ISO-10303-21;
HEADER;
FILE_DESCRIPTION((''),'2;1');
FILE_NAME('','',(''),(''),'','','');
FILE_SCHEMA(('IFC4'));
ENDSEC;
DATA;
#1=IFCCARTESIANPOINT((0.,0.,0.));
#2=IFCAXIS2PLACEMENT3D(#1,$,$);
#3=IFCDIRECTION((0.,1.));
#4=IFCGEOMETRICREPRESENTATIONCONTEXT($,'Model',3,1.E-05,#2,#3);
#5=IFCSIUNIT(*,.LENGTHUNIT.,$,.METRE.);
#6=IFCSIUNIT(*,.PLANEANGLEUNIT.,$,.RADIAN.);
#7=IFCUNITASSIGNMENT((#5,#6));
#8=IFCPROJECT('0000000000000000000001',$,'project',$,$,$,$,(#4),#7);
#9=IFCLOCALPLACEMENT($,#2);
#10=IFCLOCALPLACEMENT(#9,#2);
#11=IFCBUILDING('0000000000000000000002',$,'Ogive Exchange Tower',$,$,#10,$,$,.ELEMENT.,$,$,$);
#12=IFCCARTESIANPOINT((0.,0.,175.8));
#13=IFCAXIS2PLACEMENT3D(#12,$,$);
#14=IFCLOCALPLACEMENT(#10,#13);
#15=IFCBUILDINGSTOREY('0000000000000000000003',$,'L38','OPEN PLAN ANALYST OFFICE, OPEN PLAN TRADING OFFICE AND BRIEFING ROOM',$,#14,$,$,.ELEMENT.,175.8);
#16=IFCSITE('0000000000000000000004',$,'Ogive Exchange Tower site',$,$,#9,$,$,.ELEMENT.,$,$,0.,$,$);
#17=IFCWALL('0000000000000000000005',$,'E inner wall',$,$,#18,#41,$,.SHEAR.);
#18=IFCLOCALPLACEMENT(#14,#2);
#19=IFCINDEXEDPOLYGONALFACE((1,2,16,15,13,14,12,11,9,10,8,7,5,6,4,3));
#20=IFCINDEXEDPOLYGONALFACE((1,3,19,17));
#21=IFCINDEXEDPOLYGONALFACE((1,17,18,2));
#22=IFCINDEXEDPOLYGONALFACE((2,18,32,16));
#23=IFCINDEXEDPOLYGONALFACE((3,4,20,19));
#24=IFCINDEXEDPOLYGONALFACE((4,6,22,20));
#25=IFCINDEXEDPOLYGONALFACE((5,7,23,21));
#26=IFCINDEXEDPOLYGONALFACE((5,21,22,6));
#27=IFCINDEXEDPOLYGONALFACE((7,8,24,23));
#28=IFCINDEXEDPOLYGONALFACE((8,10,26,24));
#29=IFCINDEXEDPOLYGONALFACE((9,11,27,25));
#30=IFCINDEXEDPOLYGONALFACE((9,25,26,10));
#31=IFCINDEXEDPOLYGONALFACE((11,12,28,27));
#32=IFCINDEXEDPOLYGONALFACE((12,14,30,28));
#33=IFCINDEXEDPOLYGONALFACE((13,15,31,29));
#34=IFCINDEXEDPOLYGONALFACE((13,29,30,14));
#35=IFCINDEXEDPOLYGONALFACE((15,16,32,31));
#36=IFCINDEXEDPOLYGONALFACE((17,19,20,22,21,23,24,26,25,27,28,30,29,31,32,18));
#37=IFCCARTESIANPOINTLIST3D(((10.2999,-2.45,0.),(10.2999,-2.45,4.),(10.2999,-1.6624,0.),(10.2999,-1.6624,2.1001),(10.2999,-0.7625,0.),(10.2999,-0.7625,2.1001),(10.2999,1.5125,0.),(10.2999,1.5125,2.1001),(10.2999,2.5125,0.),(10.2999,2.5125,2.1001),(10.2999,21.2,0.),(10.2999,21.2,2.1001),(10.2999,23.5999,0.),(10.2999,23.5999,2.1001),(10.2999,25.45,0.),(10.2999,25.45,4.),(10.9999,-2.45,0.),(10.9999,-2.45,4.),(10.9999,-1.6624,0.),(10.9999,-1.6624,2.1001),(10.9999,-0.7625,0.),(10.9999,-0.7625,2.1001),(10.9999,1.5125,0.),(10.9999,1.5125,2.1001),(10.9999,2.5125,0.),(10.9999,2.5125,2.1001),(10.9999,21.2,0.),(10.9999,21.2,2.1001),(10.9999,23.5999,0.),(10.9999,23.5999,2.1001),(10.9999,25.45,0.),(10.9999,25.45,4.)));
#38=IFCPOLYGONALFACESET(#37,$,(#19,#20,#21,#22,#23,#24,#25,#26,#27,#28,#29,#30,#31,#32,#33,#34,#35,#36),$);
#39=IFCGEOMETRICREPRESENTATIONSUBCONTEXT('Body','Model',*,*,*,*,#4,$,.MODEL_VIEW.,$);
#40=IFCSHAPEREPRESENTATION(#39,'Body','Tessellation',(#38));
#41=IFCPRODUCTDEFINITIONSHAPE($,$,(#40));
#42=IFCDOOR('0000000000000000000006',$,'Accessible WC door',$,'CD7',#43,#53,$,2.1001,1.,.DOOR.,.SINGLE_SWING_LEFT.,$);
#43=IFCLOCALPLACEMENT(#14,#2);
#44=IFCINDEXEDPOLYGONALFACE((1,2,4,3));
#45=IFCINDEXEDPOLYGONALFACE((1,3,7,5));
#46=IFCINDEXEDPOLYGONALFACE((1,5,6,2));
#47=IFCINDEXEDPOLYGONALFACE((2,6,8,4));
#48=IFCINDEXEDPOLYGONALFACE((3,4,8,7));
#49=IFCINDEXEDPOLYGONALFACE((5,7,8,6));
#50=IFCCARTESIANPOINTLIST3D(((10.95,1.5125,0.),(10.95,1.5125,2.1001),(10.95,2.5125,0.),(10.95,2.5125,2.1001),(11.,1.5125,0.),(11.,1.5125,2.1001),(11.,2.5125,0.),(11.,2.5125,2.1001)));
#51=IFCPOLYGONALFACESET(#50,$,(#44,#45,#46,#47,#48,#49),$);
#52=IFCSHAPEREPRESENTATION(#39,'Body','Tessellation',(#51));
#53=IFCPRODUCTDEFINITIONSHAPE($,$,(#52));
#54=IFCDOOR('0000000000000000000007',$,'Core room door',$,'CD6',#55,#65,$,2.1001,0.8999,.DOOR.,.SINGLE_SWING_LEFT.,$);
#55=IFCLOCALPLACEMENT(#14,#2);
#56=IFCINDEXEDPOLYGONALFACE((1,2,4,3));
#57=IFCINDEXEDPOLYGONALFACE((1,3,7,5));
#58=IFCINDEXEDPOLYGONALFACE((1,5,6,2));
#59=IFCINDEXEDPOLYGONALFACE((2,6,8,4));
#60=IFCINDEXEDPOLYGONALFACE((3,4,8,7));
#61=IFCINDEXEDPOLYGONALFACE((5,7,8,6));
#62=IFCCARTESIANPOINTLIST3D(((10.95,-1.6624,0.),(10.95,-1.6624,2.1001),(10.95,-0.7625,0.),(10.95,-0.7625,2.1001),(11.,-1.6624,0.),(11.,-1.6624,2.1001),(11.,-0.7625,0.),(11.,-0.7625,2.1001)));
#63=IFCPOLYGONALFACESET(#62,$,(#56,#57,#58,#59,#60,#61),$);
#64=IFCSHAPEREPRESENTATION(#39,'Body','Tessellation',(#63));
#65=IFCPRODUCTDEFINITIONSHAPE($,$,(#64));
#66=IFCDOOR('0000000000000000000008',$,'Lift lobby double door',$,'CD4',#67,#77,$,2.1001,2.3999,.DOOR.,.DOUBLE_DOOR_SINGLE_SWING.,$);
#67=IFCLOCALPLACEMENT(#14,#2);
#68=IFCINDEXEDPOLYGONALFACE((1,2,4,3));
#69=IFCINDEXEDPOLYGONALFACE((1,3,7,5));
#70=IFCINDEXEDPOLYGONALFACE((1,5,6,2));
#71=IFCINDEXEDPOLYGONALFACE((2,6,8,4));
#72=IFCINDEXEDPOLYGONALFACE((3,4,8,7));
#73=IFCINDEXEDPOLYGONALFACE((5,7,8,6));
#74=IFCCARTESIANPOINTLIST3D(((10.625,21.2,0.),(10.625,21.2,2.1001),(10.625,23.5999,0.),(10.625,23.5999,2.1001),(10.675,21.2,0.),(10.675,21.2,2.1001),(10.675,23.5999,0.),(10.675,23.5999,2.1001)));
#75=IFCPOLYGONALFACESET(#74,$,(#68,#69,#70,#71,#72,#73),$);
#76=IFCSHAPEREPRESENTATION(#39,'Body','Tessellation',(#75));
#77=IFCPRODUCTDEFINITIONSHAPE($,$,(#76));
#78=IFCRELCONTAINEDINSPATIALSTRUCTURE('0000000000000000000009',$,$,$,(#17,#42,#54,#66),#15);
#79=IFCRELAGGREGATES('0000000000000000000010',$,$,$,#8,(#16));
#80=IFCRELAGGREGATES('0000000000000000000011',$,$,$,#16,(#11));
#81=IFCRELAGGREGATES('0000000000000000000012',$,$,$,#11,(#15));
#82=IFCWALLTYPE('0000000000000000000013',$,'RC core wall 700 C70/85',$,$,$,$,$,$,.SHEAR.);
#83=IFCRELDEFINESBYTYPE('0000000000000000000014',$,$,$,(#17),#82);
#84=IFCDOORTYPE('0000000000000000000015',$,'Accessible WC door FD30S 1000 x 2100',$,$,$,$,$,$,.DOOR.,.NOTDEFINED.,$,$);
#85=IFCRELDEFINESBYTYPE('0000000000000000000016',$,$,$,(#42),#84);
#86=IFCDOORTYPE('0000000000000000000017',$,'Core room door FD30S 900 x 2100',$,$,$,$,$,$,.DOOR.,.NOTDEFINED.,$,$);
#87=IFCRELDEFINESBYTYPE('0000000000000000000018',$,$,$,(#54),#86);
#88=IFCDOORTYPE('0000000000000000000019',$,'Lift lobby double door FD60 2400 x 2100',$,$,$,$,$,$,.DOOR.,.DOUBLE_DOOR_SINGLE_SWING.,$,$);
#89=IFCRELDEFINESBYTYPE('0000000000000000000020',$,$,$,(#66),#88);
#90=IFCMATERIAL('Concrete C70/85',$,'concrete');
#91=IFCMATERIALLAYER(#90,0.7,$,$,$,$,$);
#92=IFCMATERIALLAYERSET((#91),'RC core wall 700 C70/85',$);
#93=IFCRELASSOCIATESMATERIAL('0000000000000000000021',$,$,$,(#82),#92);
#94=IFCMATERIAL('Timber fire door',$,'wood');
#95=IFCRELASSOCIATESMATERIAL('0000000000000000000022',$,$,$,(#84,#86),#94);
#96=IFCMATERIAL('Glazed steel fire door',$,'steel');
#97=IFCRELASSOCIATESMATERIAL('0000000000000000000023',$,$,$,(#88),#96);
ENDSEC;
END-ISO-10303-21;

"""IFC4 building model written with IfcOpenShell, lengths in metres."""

from ifc_helpers import new_model, si_unit, direction, frame, frame_2d, origin, place, context, subcontext, project, spatial, rectangle, extrude, material, layer, layer_set, type_object, element, fill, save


model = new_model("IFC4")

# Units and contexts
model_context = context("Model", 3, precision=1e-05, world=origin(), true_north=direction((0.0, 1.0)))
body_context = subcontext(model_context, "Body", "Model", "MODEL_VIEW")
ifc_project = project(units=[si_unit("LENGTHUNIT", "METRE"), si_unit("PLANEANGLEUNIT", "RADIAN")], contexts=[model_context])

# Site, building, storey
site_placement = place(None, origin())
site = spatial("IfcSite", under=ifc_project, at=site_placement, Name="Ogive Exchange Tower site", CompositionType="ELEMENT", RefElevation=0.0)
building_placement = place(site_placement, origin())
building = spatial("IfcBuilding", under=site, at=building_placement, Name="Ogive Exchange Tower", CompositionType="ELEMENT")
storey_placement = place(building_placement, frame((0.0, 0.0, 175.8)))
storey = spatial("IfcBuildingStorey", under=building, at=storey_placement, Name="L38", Description="OPEN PLAN ANALYST OFFICE, OPEN PLAN TRADING OFFICE AND BRIEFING ROOM", CompositionType="ELEMENT", Elevation=175.8)

# Shared definitions
ifc_material_1 = material(Name="Concrete C70/85", Category="concrete")

# Wall, openings, doors
ifc_layer_1 = layer(ifc_material_1, 0.7)
ifc_layer_set_1 = layer_set([ifc_layer_1], Name="RC core wall 700 C70/85")
wall_type_1 = type_object("IfcWallType", Name="RC core wall 700 C70/85", PredefinedType="SHEAR", material=ifc_layer_set_1)
wall_1_placement = place(storey_placement, frame((10.6499, -2.45, 0.0), z_axis=(0.0, 0.0, 1.0), x_axis=(0.0, 1.0, 0.0)))
wall_1 = element("IfcWall", 1, at=wall_1_placement, inside=storey, type_object=wall_type_1, Name="E inner wall", PredefinedType="SHEAR", context=body_context, shape_type="SweptSolid", body=[
    extrude(rectangle(XDim=27.8999, YDim=0.7, at=frame_2d((13.95, 0.0))), origin(), (0.0, 0.0, 1.0), 4.0),
])
opening_1_placement = place(wall_1_placement, frame((23.6499, 0.0, 0.0)))
opening_1 = element("IfcOpeningElement", 2, at=opening_1_placement, cuts=wall_1, PredefinedType="OPENING", context=body_context, shape_type="SweptSolid", body=[
    extrude(rectangle(XDim=2.3999, YDim=2.1001, at=frame_2d((1.2, 1.05))), frame((0.0, 0.3599, 0.0), z_axis=(0.0, -1.0, 0.0), x_axis=(1.0, 0.0, 0.0)), (0.0, 0.0, 1.0), 0.72),
])
opening_2_placement = place(wall_1_placement, frame((0.7876, 0.0, 0.0)))
opening_2 = element("IfcOpeningElement", 3, at=opening_2_placement, cuts=wall_1, PredefinedType="OPENING", context=body_context, shape_type="SweptSolid", body=[
    extrude(rectangle(XDim=0.8999, YDim=2.1001, at=frame_2d((0.45, 1.05))), frame((0.0, 0.3599, 0.0), z_axis=(0.0, -1.0, 0.0), x_axis=(1.0, 0.0, 0.0)), (0.0, 0.0, 1.0), 0.72),
])
opening_3_placement = place(wall_1_placement, frame((3.9624, 0.0, 0.0)))
opening_3 = element("IfcOpeningElement", 4, at=opening_3_placement, cuts=wall_1, PredefinedType="OPENING", context=body_context, shape_type="SweptSolid", body=[
    extrude(rectangle(XDim=1.0, YDim=2.1001, at=frame_2d((0.5, 1.05))), frame((0.0, 0.3599, 0.0), z_axis=(0.0, -1.0, 0.0), x_axis=(1.0, 0.0, 0.0)), (0.0, 0.0, 1.0), 0.72),
])
ifc_material_2 = material(Name="Timber fire door", Category="wood")
door_type_1 = type_object("IfcDoorType", Name="Accessible WC door FD30S 1000 x 2100", OperationType="NOTDEFINED", PredefinedType="DOOR", material=ifc_material_2)
door_1_placement = place(opening_3_placement, frame((1.0, -0.6499, 0.0), z_axis=(0.0, 0.0, 1.0), x_axis=(-1.0, 0.0, 0.0)))
door_1 = element("IfcDoor", 5, at=door_1_placement, inside=storey, type_object=door_type_1, Name="Accessible WC door", ObjectType="CD7", OperationType="SINGLE_SWING_LEFT", OverallHeight=2.1001, OverallWidth=1.0, PredefinedType="DOOR", context=body_context, shape_type="SweptSolid", body=[
    extrude(rectangle(XDim=1.0, YDim=2.1001, at=frame_2d((0.5, 1.05))), frame((0.0, -0.2998, 0.0), z_axis=(0.0, -1.0, 0.0), x_axis=(1.0, 0.0, 0.0)), (0.0, 0.0, 1.0), 0.05),
])
fill(opening_3, door_1)
door_type_2 = type_object("IfcDoorType", Name="Core room door FD30S 900 x 2100", OperationType="NOTDEFINED", PredefinedType="DOOR", material=ifc_material_2)
door_2_placement = place(opening_2_placement, frame((0.8999, -0.6499, 0.0), z_axis=(0.0, 0.0, 1.0), x_axis=(-1.0, 0.0, 0.0)))
door_2 = element("IfcDoor", 6, at=door_2_placement, inside=storey, type_object=door_type_2, Name="Core room door", ObjectType="CD6", OperationType="SINGLE_SWING_LEFT", OverallHeight=2.1001, OverallWidth=0.8999, PredefinedType="DOOR", context=body_context, shape_type="SweptSolid", body=[
    extrude(rectangle(XDim=0.8999, YDim=2.1001, at=frame_2d((0.45, 1.05))), frame((0.0, -0.2998, 0.0), z_axis=(0.0, -1.0, 0.0), x_axis=(1.0, 0.0, 0.0)), (0.0, 0.0, 1.0), 0.05),
])
fill(opening_2, door_2)
ifc_material_3 = material(Name="Glazed steel fire door", Category="steel")
door_type_3 = type_object("IfcDoorType", Name="Lift lobby double door FD60 2400 x 2100", OperationType="DOUBLE_DOOR_SINGLE_SWING", PredefinedType="DOOR", material=ifc_material_3)
door_3_placement = place(opening_1_placement, origin())
door_3 = element("IfcDoor", 7, at=door_3_placement, inside=storey, type_object=door_type_3, Name="Lift lobby double door", ObjectType="CD4", OperationType="DOUBLE_DOOR_SINGLE_SWING", OverallHeight=2.1001, OverallWidth=2.3999, PredefinedType="DOOR", context=body_context, shape_type="SweptSolid", body=[
    extrude(rectangle(XDim=2.3999, YDim=2.1001, at=frame_2d((1.2, 1.05))), frame((0.0, 0.0249, 0.0), z_axis=(0.0, -1.0, 0.0), x_axis=(1.0, 0.0, 0.0)), (0.0, 0.0, 1.0), 0.05),
])
fill(opening_1, door_3)

save(model, "model.ifc")
